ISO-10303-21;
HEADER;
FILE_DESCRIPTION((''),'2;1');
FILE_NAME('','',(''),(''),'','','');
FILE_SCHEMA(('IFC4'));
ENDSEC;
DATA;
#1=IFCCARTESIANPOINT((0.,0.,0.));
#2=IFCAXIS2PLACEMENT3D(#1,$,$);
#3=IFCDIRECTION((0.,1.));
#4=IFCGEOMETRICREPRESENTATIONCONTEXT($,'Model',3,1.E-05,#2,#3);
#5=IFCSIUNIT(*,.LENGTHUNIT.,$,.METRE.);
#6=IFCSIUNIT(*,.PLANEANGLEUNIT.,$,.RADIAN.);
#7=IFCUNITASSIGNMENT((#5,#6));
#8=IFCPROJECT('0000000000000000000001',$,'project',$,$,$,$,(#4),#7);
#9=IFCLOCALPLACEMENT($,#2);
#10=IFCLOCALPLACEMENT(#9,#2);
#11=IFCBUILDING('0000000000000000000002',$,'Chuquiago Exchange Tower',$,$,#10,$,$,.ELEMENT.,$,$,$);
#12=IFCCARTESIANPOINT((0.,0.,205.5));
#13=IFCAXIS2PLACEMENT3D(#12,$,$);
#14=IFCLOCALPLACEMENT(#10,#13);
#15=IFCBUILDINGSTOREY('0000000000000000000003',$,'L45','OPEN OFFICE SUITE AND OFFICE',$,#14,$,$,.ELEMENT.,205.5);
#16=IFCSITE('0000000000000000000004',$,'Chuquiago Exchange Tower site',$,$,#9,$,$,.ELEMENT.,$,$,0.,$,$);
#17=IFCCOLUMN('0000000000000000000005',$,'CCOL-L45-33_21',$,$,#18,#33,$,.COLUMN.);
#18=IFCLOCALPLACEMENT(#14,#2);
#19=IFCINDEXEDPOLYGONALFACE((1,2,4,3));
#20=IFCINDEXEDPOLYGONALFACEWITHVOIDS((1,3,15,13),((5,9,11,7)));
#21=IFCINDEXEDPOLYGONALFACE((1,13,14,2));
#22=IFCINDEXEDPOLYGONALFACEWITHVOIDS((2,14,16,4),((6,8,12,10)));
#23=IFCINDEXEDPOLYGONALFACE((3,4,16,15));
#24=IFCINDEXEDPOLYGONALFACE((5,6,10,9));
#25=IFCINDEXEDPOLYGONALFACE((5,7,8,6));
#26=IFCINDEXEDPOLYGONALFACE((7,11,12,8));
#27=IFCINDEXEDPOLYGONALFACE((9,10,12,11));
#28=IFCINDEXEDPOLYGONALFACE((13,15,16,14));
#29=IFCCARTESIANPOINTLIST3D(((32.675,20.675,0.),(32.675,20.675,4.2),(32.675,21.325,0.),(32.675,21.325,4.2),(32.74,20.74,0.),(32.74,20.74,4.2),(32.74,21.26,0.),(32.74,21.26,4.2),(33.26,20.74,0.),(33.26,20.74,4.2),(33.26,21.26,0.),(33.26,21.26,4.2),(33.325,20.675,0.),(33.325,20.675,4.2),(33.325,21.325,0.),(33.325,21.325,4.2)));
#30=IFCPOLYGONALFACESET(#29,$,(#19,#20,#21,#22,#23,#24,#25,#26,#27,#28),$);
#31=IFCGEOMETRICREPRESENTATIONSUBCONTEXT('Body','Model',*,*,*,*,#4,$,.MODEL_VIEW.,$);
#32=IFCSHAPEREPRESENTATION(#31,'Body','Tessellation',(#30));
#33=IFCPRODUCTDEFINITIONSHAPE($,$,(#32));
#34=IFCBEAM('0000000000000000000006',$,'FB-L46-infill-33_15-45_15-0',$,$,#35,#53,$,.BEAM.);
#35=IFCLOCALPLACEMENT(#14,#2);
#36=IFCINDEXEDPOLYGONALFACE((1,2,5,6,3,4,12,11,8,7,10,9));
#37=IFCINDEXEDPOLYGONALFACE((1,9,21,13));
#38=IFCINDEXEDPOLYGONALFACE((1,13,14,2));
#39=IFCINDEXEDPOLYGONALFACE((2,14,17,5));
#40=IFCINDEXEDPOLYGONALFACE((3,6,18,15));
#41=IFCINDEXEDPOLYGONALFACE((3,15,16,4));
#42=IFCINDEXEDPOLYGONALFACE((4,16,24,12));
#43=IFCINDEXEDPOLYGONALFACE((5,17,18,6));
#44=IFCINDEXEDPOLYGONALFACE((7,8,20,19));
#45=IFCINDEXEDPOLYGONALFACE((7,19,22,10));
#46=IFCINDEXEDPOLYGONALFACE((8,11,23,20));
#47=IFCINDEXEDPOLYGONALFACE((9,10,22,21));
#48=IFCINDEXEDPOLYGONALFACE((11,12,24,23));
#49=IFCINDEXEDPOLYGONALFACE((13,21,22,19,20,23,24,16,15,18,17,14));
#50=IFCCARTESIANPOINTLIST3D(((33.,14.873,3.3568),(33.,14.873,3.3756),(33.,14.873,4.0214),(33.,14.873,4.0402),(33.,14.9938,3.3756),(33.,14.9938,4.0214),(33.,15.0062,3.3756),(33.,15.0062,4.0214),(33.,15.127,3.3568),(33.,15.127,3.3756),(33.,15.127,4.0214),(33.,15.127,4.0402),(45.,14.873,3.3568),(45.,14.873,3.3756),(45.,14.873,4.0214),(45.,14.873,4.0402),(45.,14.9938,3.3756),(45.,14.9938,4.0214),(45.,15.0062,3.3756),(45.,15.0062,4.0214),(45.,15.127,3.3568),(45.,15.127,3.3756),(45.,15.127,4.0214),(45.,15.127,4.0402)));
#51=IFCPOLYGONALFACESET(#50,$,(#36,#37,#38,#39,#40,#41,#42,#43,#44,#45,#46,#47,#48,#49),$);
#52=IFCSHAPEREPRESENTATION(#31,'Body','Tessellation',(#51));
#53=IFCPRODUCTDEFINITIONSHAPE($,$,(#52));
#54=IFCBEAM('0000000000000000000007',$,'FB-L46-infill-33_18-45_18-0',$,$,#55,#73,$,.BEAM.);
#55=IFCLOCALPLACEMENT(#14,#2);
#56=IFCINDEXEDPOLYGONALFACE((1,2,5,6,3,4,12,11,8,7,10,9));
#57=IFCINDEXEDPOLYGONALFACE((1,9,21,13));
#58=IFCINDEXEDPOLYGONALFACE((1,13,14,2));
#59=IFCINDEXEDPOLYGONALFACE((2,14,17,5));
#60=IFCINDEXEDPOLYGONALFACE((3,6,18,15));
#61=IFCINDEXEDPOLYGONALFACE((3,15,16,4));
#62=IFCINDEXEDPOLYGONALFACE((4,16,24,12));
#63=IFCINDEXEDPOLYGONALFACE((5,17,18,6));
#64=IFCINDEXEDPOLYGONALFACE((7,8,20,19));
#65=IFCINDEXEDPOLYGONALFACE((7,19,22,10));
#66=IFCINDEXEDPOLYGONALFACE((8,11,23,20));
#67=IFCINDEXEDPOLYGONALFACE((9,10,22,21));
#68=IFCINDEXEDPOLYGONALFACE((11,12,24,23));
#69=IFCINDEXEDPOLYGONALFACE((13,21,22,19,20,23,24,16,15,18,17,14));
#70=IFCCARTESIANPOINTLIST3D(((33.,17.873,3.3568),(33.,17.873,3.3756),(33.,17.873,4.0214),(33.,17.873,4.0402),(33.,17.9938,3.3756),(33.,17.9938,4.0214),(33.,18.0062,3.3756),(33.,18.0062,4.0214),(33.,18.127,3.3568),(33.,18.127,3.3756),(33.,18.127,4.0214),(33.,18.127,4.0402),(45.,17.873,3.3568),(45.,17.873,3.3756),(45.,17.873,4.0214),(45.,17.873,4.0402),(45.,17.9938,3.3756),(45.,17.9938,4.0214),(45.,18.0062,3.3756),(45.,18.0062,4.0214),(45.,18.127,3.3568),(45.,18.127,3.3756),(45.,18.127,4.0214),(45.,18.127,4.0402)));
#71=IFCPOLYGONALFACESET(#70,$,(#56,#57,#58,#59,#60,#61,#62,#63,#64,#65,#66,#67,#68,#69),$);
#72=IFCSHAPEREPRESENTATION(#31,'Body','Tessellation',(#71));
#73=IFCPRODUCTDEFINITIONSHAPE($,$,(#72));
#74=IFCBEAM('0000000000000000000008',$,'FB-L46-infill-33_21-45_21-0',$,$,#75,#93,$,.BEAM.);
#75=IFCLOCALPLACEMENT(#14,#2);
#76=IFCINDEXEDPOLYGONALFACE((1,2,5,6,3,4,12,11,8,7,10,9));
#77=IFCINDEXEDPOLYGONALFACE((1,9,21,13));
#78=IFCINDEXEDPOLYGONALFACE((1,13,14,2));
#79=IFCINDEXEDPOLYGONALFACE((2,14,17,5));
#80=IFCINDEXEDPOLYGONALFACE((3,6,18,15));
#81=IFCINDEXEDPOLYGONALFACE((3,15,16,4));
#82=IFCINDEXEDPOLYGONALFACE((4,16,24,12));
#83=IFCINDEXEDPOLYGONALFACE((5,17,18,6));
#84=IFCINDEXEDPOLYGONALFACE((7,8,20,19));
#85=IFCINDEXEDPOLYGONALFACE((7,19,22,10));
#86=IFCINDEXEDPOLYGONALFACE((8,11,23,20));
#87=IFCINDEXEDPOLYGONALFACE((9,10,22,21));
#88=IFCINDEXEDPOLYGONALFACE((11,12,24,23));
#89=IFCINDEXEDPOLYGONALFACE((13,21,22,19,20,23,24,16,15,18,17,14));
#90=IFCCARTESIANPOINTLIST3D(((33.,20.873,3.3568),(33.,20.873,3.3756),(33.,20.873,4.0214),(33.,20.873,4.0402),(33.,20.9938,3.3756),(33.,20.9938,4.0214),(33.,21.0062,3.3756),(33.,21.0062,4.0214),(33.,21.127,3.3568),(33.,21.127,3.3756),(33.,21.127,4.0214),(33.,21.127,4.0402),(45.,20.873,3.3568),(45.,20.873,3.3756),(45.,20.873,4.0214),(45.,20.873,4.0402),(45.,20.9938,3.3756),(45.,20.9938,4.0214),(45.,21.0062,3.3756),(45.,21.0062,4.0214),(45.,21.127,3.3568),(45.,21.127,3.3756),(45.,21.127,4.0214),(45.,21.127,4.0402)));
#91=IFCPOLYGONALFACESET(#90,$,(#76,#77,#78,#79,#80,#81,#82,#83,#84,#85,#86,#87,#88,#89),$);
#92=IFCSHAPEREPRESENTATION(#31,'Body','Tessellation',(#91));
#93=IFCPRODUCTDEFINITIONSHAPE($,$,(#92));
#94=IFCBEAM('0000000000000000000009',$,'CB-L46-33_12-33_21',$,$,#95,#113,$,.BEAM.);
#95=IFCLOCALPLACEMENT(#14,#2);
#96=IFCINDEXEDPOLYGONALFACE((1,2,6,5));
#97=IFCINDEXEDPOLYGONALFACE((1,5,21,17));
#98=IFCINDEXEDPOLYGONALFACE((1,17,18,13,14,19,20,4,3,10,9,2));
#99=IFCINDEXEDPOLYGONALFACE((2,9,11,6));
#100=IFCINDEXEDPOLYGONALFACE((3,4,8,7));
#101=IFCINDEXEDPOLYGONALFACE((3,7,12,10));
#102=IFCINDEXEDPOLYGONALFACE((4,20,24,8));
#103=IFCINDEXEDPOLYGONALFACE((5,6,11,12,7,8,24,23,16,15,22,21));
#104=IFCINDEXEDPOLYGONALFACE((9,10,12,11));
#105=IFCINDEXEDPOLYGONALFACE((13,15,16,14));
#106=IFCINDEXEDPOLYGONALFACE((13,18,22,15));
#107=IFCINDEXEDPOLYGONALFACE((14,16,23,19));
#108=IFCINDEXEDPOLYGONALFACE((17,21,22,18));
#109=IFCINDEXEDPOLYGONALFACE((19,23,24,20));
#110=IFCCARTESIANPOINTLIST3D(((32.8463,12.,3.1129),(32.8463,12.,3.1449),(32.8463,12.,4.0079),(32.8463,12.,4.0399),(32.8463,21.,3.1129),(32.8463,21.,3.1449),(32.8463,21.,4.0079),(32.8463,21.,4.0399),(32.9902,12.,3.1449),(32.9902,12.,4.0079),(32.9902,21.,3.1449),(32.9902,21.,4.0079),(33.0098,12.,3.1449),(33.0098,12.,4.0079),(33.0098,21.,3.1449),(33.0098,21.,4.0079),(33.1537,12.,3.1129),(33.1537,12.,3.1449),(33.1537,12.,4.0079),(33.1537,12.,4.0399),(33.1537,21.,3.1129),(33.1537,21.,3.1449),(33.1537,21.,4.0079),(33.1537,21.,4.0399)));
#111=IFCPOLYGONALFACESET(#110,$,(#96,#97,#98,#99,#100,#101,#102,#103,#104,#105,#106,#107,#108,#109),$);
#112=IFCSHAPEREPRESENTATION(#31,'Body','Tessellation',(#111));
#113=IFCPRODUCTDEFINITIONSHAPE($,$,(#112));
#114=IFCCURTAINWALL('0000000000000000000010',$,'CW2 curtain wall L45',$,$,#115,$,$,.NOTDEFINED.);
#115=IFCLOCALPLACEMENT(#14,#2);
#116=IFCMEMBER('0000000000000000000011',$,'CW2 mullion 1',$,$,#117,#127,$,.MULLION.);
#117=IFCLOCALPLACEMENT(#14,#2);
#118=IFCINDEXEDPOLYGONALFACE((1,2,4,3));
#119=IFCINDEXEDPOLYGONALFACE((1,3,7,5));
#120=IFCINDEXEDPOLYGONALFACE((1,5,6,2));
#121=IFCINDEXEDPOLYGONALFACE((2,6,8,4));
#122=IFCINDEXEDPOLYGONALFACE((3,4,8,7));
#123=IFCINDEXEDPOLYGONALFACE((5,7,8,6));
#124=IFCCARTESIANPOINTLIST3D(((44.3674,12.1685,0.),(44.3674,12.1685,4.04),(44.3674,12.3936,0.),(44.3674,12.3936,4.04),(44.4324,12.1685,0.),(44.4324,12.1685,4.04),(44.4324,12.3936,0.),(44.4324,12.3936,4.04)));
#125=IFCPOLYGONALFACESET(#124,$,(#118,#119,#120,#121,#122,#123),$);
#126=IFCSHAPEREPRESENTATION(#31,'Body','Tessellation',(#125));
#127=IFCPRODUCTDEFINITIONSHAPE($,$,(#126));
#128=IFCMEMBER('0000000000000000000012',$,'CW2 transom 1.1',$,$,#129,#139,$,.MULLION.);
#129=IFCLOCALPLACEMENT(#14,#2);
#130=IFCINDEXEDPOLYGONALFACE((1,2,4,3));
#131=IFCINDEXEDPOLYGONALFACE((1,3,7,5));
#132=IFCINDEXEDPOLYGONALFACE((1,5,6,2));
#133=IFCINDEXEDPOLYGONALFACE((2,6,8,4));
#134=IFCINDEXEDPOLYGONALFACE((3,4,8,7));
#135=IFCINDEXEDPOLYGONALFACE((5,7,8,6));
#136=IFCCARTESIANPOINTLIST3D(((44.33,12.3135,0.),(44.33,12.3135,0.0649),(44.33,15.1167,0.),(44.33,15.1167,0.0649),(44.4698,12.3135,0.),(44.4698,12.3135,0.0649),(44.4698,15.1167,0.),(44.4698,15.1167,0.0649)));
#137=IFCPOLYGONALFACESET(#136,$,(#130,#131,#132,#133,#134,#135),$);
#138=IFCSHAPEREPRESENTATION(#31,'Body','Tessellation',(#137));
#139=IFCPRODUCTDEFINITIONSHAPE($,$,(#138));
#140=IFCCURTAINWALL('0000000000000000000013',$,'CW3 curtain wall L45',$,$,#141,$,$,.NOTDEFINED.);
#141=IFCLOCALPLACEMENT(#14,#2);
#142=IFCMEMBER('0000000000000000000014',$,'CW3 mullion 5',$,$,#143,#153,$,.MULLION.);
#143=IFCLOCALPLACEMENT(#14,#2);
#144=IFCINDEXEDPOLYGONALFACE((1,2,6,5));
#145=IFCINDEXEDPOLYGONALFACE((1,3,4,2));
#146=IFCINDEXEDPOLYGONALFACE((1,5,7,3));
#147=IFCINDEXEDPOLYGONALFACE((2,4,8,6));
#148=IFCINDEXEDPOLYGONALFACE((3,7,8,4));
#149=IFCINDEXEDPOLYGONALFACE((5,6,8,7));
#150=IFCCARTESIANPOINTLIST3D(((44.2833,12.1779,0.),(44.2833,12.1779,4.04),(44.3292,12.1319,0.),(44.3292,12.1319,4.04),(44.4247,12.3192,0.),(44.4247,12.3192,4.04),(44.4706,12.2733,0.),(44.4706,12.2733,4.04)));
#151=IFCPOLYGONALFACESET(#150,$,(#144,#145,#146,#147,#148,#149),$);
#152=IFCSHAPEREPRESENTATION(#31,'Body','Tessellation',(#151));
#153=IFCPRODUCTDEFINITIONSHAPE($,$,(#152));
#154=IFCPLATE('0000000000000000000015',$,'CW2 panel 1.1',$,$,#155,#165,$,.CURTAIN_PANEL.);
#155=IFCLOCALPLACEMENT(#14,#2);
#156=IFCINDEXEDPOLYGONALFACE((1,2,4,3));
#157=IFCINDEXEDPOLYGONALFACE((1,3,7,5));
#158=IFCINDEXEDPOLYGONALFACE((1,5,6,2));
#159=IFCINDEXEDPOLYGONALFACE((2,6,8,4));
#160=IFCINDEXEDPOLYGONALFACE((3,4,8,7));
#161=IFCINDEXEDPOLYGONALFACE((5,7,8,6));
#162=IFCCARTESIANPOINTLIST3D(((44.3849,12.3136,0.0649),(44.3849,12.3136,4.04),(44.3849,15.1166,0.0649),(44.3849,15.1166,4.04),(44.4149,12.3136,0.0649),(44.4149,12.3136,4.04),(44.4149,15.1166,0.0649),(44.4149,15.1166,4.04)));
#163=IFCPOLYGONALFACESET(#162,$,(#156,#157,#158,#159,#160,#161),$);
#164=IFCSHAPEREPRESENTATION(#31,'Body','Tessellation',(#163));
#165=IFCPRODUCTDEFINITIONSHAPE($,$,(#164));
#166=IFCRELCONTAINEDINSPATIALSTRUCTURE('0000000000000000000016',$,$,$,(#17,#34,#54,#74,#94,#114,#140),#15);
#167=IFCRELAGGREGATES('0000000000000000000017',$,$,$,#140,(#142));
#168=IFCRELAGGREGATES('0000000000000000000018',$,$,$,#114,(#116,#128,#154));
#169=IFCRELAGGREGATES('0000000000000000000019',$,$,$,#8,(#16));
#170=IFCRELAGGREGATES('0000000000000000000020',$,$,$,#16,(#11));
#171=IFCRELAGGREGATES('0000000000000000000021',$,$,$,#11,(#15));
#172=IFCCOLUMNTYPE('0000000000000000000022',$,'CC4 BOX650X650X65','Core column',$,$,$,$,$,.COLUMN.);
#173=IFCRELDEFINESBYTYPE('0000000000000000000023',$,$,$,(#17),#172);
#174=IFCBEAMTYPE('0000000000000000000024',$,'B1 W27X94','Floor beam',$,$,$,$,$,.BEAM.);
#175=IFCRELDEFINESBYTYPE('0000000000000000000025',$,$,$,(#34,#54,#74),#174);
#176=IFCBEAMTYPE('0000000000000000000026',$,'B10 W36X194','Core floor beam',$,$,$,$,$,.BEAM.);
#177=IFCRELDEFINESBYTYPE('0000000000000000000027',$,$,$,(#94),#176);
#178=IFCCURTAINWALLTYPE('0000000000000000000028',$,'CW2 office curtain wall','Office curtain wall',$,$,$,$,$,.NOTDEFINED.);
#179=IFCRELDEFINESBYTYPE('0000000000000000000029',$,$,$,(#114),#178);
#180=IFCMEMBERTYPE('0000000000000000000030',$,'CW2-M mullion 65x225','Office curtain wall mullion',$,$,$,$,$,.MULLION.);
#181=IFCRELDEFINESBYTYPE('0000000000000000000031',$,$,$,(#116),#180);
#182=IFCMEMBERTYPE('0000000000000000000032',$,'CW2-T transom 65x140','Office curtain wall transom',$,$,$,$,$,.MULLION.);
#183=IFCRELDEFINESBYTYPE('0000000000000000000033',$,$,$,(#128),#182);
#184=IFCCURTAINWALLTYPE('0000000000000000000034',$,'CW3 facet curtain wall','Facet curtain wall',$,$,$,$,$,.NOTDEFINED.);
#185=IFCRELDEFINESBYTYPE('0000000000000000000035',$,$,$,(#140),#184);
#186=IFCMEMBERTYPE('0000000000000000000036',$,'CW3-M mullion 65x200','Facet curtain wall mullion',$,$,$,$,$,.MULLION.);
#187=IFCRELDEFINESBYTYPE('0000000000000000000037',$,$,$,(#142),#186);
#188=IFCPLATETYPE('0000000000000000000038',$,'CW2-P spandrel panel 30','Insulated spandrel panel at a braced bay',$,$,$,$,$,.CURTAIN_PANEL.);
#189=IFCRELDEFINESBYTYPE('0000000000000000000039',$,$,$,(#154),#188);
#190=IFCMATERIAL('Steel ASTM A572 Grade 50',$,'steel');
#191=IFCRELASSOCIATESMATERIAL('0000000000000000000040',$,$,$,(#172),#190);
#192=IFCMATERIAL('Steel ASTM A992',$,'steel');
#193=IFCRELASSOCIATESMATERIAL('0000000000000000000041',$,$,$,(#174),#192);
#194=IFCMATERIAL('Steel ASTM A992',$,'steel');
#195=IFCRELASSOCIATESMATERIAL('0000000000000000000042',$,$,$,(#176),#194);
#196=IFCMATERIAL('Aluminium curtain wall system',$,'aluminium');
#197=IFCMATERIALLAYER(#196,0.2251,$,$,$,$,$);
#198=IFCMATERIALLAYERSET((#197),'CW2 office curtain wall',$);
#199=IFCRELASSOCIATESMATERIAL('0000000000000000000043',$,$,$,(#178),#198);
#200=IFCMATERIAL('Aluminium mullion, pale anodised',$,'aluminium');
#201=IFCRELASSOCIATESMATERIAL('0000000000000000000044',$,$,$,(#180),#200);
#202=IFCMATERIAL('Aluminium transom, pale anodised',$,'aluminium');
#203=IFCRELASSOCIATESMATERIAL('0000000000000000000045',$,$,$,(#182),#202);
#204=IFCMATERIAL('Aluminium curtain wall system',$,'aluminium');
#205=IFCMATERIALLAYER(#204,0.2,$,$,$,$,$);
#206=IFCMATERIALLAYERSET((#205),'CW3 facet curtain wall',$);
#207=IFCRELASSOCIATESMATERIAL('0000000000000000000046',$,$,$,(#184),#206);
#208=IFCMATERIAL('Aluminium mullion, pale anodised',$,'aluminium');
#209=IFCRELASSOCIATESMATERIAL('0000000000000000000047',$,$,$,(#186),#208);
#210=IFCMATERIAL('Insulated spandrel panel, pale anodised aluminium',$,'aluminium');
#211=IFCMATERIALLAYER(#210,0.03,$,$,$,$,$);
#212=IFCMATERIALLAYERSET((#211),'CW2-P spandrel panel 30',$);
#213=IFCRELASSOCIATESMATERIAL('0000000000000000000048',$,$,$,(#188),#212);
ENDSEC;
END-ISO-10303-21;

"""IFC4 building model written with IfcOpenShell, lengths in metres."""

from ifc_helpers import new_model, si_unit, direction, frame, origin, origin_2d, place, context, subcontext, project, spatial, rectangle, hollow_rectangle, i_section, extrude, material, layer, layer_set, material_profile, profile_set, type_object, element, aggregate, save


model = new_model("IFC4")

# Units and contexts
model_context = context("Model", 3, precision=1e-05, world=origin(), true_north=direction((0.0, 1.0)))
body_context = subcontext(model_context, "Body", "Model", "MODEL_VIEW")
ifc_project = project(units=[si_unit("LENGTHUNIT", "METRE"), si_unit("PLANEANGLEUNIT", "RADIAN")], contexts=[model_context])

# Site, building, storey
site_placement = place(None, origin())
site = spatial("IfcSite", under=ifc_project, at=site_placement, Name="Chuquiago Exchange Tower site", CompositionType="ELEMENT", RefElevation=0.0)
building_placement = place(site_placement, origin())
building = spatial("IfcBuilding", under=site, at=building_placement, Name="Chuquiago Exchange Tower", CompositionType="ELEMENT")
storey_placement = place(building_placement, frame((0.0, 0.0, 205.5)))
storey = spatial("IfcBuildingStorey", under=building, at=storey_placement, Name="L45", Description="OPEN OFFICE SUITE AND OFFICE", CompositionType="ELEMENT", Elevation=205.5)

# Column
ifc_material_1 = material(Name="Steel ASTM A572 Grade 50", Category="steel")
ifc_material_profile_1 = material_profile(ifc_material_1, hollow_rectangle(XDim=0.6499, YDim=0.6499, WallThickness=0.0649, at=origin_2d()), Name="BOX650X650X65")
ifc_profile_set_1 = profile_set([ifc_material_profile_1], Name="Steel ASTM A572 Grade 50")
column_type = type_object("IfcColumnType", Name="CC4 BOX650X650X65", Description="Core column", PredefinedType="COLUMN", material=ifc_profile_set_1)
column_placement = place(storey_placement, frame((33.0, 21.0, 0.0), z_axis=(0.0, 0.0, 1.0), x_axis=(1.0, 0.0, 0.0)))
element("IfcColumn", 1, at=column_placement, inside=storey, type_object=column_type, Name="CCOL-L45-33_21", PredefinedType="COLUMN", context=body_context, shape_type="SweptSolid", body=[
    extrude(hollow_rectangle(XDim=0.6499, YDim=0.6499, WallThickness=0.0649, at=origin_2d()), origin(), (0.0, 0.0, 1.0), 4.2),
])

# Beams
ifc_material_2 = material(Name="Steel ASTM A992", Category="steel")
ifc_material_profile_2 = material_profile(ifc_material_2, i_section(OverallWidth=0.2539, OverallDepth=0.6833, WebThickness=0.0125, FlangeThickness=0.0188, at=origin_2d()), Name="W27X94")
ifc_profile_set_2 = profile_set([ifc_material_profile_2], Name="Steel ASTM A992")
beam_type_1 = type_object("IfcBeamType", Name="B1 W27X94", Description="Floor beam", PredefinedType="BEAM", material=ifc_profile_set_2)
for number, where, z_axis, x_axis, name in (
    (2, (33.0, 15.0, 3.6985), (1.0, 0.0, 0.0), (0.0, 1.0, 0.0), "FB-L46-infill-33_15-45_15-0"),
    (3, (33.0, 18.0, 3.6985), (1.0, 0.0, 0.0), (0.0, 1.0, 0.0), "FB-L46-infill-33_18-45_18-0"),
    (4, (33.0, 21.0, 3.6985), (1.0, 0.0, 0.0), (0.0, 1.0, 0.0), "FB-L46-infill-33_21-45_21-0"),
):
    element("IfcBeam", number, at=place(storey_placement, frame(where, z_axis=z_axis, x_axis=x_axis)), inside=storey, type_object=beam_type_1, Name=name, PredefinedType="BEAM", context=body_context, shape_type="SweptSolid", body=[
        extrude(i_section(OverallWidth=0.2539, OverallDepth=0.6833, WebThickness=0.0125, FlangeThickness=0.0188, at=origin_2d()), origin(), (0.0, 0.0, 1.0), 12.0),
    ])
ifc_material_3 = material(Name="Steel ASTM A992", Category="steel")
ifc_material_profile_3 = material_profile(ifc_material_3, i_section(OverallWidth=0.3074, OverallDepth=0.927, WebThickness=0.0195, FlangeThickness=0.032, at=origin_2d()), Name="W36X194")
ifc_profile_set_3 = profile_set([ifc_material_profile_3], Name="Steel ASTM A992")
beam_type_2 = type_object("IfcBeamType", Name="B10 W36X194", Description="Core floor beam", PredefinedType="BEAM", material=ifc_profile_set_3)
beam_placement = place(storey_placement, frame((33.0, 12.0, 3.5764), z_axis=(0.0, 1.0, 0.0), x_axis=(-1.0, 0.0, 0.0)))
element("IfcBeam", 5, at=beam_placement, inside=storey, type_object=beam_type_2, Name="CB-L46-33_12-33_21", PredefinedType="BEAM", context=body_context, shape_type="SweptSolid", body=[
    extrude(i_section(OverallWidth=0.3074, OverallDepth=0.927, WebThickness=0.0195, FlangeThickness=0.032, at=origin_2d()), origin(), (0.0, 0.0, 1.0), 9.0),
])

# Curtain wall, members
ifc_material_4 = material(Name="Aluminium curtain wall system", Category="aluminium")
ifc_layer_1 = layer(ifc_material_4, 0.2251)
ifc_layer_set_1 = layer_set([ifc_layer_1], Name="CW2 office curtain wall")
curtain_wall_type_1 = type_object("IfcCurtainWallType", Name="CW2 office curtain wall", Description="Office curtain wall", PredefinedType="NOTDEFINED", material=ifc_layer_set_1)
curtain_wall_1_placement = place(storey_placement, origin())
curtain_wall_1 = element("IfcCurtainWall", 6, at=curtain_wall_1_placement, inside=storey, type_object=curtain_wall_type_1, Name="CW2 curtain wall L45", PredefinedType="NOTDEFINED")
ifc_material_5 = material(Name="Aluminium mullion, pale anodised", Category="aluminium")
ifc_material_profile_4 = material_profile(ifc_material_5, rectangle(XDim=0.0649, YDim=0.2251, at=origin_2d()), Name="AL 65x225")
ifc_profile_set_4 = profile_set([ifc_material_profile_4], Name="Aluminium mullion, pale anodised")
member_type_1 = type_object("IfcMemberType", Name="CW2-M mullion 65x225", Description="Office curtain wall mullion", PredefinedType="MULLION", material=ifc_profile_set_4)
member_1_placement = place(storey_placement, frame((44.3999, 12.281, 0.0), z_axis=(0.0, 0.0, 1.0), x_axis=(-1.0, 0.0, 0.0)))
member_1 = element("IfcMember", 7, at=member_1_placement, type_object=member_type_1, Name="CW2 mullion 1", PredefinedType="MULLION", context=body_context, shape_type="SweptSolid", body=[
    extrude(rectangle(XDim=0.0649, YDim=0.2251, at=origin_2d()), origin(), (0.0, 0.0, 1.0), 4.04),
])
ifc_material_6 = material(Name="Aluminium transom, pale anodised", Category="aluminium")
ifc_material_profile_5 = material_profile(ifc_material_6, rectangle(XDim=0.1399, YDim=0.0649, at=origin_2d()), Name="AL 140x65")
ifc_profile_set_5 = profile_set([ifc_material_profile_5], Name="Aluminium transom, pale anodised")
member_type_2 = type_object("IfcMemberType", Name="CW2-T transom 65x140", Description="Office curtain wall transom", PredefinedType="MULLION", material=ifc_profile_set_5)
member_2_placement = place(storey_placement, frame((44.3999, 12.3135, 0.0325), z_axis=(0.0, 1.0, 0.0), x_axis=(-1.0, 0.0, 0.0)))
member_2 = element("IfcMember", 8, at=member_2_placement, type_object=member_type_2, Name="CW2 transom 1.1", PredefinedType="MULLION", context=body_context, shape_type="SweptSolid", body=[
    extrude(rectangle(XDim=0.1399, YDim=0.0649, at=origin_2d()), origin(), (0.0, 0.0, 1.0), 2.8032),
])

# Curtain wall, member
ifc_material_7 = material(Name="Aluminium curtain wall system", Category="aluminium")
ifc_layer_2 = layer(ifc_material_7, 0.2)
ifc_layer_set_2 = layer_set([ifc_layer_2], Name="CW3 facet curtain wall")
curtain_wall_type_2 = type_object("IfcCurtainWallType", Name="CW3 facet curtain wall", Description="Facet curtain wall", PredefinedType="NOTDEFINED", material=ifc_layer_set_2)
curtain_wall_2_placement = place(storey_placement, origin())
curtain_wall_2 = element("IfcCurtainWall", 9, at=curtain_wall_2_placement, inside=storey, type_object=curtain_wall_type_2, Name="CW3 curtain wall L45", PredefinedType="NOTDEFINED")
ifc_material_8 = material(Name="Aluminium mullion, pale anodised", Category="aluminium")
ifc_material_profile_6 = material_profile(ifc_material_8, rectangle(XDim=0.0649, YDim=0.2, at=origin_2d()), Name="AL 65x200")
ifc_profile_set_6 = profile_set([ifc_material_profile_6], Name="Aluminium mullion, pale anodised")
member_type_3 = type_object("IfcMemberType", Name="CW3-M mullion 65x200", Description="Facet curtain wall mullion", PredefinedType="MULLION", material=ifc_profile_set_6)
member_3_placement = place(storey_placement, frame((44.377, 12.2256, 0.0), z_axis=(0.0, 0.0, 1.0), x_axis=(-0.707107, 0.707107, 0.0)))
member_3 = element("IfcMember", 10, at=member_3_placement, type_object=member_type_3, Name="CW3 mullion 5", PredefinedType="MULLION", context=body_context, shape_type="SweptSolid", body=[
    extrude(rectangle(XDim=0.0649, YDim=0.2, at=origin_2d()), origin(), (0.0, 0.0, 1.0), 4.04),
])
aggregate(curtain_wall_2, [member_3])

# Plate
ifc_material_9 = material(Name="Insulated spandrel panel, pale anodised aluminium", Category="aluminium")
ifc_layer_3 = layer(ifc_material_9, 0.03)
ifc_layer_set_3 = layer_set([ifc_layer_3], Name="CW2-P spandrel panel 30")
plate_type = type_object("IfcPlateType", Name="CW2-P spandrel panel 30", Description="Insulated spandrel panel at a braced bay", PredefinedType="CURTAIN_PANEL", material=ifc_layer_set_3)
plate_placement = place(storey_placement, frame((44.3999, 13.7151, 0.0649), z_axis=(0.0, 0.0, 1.0), x_axis=(0.0, 1.0, 0.0)))
plate = element("IfcPlate", 11, at=plate_placement, type_object=plate_type, Name="CW2 panel 1.1", PredefinedType="CURTAIN_PANEL", context=body_context, shape_type="SweptSolid", body=[
    extrude(rectangle(XDim=2.803, YDim=0.03, at=origin_2d()), origin(), (0.0, 0.0, 1.0), 3.9751),
])
aggregate(curtain_wall_1, [member_1, member_2, plate])

save(model, "model.ifc")
